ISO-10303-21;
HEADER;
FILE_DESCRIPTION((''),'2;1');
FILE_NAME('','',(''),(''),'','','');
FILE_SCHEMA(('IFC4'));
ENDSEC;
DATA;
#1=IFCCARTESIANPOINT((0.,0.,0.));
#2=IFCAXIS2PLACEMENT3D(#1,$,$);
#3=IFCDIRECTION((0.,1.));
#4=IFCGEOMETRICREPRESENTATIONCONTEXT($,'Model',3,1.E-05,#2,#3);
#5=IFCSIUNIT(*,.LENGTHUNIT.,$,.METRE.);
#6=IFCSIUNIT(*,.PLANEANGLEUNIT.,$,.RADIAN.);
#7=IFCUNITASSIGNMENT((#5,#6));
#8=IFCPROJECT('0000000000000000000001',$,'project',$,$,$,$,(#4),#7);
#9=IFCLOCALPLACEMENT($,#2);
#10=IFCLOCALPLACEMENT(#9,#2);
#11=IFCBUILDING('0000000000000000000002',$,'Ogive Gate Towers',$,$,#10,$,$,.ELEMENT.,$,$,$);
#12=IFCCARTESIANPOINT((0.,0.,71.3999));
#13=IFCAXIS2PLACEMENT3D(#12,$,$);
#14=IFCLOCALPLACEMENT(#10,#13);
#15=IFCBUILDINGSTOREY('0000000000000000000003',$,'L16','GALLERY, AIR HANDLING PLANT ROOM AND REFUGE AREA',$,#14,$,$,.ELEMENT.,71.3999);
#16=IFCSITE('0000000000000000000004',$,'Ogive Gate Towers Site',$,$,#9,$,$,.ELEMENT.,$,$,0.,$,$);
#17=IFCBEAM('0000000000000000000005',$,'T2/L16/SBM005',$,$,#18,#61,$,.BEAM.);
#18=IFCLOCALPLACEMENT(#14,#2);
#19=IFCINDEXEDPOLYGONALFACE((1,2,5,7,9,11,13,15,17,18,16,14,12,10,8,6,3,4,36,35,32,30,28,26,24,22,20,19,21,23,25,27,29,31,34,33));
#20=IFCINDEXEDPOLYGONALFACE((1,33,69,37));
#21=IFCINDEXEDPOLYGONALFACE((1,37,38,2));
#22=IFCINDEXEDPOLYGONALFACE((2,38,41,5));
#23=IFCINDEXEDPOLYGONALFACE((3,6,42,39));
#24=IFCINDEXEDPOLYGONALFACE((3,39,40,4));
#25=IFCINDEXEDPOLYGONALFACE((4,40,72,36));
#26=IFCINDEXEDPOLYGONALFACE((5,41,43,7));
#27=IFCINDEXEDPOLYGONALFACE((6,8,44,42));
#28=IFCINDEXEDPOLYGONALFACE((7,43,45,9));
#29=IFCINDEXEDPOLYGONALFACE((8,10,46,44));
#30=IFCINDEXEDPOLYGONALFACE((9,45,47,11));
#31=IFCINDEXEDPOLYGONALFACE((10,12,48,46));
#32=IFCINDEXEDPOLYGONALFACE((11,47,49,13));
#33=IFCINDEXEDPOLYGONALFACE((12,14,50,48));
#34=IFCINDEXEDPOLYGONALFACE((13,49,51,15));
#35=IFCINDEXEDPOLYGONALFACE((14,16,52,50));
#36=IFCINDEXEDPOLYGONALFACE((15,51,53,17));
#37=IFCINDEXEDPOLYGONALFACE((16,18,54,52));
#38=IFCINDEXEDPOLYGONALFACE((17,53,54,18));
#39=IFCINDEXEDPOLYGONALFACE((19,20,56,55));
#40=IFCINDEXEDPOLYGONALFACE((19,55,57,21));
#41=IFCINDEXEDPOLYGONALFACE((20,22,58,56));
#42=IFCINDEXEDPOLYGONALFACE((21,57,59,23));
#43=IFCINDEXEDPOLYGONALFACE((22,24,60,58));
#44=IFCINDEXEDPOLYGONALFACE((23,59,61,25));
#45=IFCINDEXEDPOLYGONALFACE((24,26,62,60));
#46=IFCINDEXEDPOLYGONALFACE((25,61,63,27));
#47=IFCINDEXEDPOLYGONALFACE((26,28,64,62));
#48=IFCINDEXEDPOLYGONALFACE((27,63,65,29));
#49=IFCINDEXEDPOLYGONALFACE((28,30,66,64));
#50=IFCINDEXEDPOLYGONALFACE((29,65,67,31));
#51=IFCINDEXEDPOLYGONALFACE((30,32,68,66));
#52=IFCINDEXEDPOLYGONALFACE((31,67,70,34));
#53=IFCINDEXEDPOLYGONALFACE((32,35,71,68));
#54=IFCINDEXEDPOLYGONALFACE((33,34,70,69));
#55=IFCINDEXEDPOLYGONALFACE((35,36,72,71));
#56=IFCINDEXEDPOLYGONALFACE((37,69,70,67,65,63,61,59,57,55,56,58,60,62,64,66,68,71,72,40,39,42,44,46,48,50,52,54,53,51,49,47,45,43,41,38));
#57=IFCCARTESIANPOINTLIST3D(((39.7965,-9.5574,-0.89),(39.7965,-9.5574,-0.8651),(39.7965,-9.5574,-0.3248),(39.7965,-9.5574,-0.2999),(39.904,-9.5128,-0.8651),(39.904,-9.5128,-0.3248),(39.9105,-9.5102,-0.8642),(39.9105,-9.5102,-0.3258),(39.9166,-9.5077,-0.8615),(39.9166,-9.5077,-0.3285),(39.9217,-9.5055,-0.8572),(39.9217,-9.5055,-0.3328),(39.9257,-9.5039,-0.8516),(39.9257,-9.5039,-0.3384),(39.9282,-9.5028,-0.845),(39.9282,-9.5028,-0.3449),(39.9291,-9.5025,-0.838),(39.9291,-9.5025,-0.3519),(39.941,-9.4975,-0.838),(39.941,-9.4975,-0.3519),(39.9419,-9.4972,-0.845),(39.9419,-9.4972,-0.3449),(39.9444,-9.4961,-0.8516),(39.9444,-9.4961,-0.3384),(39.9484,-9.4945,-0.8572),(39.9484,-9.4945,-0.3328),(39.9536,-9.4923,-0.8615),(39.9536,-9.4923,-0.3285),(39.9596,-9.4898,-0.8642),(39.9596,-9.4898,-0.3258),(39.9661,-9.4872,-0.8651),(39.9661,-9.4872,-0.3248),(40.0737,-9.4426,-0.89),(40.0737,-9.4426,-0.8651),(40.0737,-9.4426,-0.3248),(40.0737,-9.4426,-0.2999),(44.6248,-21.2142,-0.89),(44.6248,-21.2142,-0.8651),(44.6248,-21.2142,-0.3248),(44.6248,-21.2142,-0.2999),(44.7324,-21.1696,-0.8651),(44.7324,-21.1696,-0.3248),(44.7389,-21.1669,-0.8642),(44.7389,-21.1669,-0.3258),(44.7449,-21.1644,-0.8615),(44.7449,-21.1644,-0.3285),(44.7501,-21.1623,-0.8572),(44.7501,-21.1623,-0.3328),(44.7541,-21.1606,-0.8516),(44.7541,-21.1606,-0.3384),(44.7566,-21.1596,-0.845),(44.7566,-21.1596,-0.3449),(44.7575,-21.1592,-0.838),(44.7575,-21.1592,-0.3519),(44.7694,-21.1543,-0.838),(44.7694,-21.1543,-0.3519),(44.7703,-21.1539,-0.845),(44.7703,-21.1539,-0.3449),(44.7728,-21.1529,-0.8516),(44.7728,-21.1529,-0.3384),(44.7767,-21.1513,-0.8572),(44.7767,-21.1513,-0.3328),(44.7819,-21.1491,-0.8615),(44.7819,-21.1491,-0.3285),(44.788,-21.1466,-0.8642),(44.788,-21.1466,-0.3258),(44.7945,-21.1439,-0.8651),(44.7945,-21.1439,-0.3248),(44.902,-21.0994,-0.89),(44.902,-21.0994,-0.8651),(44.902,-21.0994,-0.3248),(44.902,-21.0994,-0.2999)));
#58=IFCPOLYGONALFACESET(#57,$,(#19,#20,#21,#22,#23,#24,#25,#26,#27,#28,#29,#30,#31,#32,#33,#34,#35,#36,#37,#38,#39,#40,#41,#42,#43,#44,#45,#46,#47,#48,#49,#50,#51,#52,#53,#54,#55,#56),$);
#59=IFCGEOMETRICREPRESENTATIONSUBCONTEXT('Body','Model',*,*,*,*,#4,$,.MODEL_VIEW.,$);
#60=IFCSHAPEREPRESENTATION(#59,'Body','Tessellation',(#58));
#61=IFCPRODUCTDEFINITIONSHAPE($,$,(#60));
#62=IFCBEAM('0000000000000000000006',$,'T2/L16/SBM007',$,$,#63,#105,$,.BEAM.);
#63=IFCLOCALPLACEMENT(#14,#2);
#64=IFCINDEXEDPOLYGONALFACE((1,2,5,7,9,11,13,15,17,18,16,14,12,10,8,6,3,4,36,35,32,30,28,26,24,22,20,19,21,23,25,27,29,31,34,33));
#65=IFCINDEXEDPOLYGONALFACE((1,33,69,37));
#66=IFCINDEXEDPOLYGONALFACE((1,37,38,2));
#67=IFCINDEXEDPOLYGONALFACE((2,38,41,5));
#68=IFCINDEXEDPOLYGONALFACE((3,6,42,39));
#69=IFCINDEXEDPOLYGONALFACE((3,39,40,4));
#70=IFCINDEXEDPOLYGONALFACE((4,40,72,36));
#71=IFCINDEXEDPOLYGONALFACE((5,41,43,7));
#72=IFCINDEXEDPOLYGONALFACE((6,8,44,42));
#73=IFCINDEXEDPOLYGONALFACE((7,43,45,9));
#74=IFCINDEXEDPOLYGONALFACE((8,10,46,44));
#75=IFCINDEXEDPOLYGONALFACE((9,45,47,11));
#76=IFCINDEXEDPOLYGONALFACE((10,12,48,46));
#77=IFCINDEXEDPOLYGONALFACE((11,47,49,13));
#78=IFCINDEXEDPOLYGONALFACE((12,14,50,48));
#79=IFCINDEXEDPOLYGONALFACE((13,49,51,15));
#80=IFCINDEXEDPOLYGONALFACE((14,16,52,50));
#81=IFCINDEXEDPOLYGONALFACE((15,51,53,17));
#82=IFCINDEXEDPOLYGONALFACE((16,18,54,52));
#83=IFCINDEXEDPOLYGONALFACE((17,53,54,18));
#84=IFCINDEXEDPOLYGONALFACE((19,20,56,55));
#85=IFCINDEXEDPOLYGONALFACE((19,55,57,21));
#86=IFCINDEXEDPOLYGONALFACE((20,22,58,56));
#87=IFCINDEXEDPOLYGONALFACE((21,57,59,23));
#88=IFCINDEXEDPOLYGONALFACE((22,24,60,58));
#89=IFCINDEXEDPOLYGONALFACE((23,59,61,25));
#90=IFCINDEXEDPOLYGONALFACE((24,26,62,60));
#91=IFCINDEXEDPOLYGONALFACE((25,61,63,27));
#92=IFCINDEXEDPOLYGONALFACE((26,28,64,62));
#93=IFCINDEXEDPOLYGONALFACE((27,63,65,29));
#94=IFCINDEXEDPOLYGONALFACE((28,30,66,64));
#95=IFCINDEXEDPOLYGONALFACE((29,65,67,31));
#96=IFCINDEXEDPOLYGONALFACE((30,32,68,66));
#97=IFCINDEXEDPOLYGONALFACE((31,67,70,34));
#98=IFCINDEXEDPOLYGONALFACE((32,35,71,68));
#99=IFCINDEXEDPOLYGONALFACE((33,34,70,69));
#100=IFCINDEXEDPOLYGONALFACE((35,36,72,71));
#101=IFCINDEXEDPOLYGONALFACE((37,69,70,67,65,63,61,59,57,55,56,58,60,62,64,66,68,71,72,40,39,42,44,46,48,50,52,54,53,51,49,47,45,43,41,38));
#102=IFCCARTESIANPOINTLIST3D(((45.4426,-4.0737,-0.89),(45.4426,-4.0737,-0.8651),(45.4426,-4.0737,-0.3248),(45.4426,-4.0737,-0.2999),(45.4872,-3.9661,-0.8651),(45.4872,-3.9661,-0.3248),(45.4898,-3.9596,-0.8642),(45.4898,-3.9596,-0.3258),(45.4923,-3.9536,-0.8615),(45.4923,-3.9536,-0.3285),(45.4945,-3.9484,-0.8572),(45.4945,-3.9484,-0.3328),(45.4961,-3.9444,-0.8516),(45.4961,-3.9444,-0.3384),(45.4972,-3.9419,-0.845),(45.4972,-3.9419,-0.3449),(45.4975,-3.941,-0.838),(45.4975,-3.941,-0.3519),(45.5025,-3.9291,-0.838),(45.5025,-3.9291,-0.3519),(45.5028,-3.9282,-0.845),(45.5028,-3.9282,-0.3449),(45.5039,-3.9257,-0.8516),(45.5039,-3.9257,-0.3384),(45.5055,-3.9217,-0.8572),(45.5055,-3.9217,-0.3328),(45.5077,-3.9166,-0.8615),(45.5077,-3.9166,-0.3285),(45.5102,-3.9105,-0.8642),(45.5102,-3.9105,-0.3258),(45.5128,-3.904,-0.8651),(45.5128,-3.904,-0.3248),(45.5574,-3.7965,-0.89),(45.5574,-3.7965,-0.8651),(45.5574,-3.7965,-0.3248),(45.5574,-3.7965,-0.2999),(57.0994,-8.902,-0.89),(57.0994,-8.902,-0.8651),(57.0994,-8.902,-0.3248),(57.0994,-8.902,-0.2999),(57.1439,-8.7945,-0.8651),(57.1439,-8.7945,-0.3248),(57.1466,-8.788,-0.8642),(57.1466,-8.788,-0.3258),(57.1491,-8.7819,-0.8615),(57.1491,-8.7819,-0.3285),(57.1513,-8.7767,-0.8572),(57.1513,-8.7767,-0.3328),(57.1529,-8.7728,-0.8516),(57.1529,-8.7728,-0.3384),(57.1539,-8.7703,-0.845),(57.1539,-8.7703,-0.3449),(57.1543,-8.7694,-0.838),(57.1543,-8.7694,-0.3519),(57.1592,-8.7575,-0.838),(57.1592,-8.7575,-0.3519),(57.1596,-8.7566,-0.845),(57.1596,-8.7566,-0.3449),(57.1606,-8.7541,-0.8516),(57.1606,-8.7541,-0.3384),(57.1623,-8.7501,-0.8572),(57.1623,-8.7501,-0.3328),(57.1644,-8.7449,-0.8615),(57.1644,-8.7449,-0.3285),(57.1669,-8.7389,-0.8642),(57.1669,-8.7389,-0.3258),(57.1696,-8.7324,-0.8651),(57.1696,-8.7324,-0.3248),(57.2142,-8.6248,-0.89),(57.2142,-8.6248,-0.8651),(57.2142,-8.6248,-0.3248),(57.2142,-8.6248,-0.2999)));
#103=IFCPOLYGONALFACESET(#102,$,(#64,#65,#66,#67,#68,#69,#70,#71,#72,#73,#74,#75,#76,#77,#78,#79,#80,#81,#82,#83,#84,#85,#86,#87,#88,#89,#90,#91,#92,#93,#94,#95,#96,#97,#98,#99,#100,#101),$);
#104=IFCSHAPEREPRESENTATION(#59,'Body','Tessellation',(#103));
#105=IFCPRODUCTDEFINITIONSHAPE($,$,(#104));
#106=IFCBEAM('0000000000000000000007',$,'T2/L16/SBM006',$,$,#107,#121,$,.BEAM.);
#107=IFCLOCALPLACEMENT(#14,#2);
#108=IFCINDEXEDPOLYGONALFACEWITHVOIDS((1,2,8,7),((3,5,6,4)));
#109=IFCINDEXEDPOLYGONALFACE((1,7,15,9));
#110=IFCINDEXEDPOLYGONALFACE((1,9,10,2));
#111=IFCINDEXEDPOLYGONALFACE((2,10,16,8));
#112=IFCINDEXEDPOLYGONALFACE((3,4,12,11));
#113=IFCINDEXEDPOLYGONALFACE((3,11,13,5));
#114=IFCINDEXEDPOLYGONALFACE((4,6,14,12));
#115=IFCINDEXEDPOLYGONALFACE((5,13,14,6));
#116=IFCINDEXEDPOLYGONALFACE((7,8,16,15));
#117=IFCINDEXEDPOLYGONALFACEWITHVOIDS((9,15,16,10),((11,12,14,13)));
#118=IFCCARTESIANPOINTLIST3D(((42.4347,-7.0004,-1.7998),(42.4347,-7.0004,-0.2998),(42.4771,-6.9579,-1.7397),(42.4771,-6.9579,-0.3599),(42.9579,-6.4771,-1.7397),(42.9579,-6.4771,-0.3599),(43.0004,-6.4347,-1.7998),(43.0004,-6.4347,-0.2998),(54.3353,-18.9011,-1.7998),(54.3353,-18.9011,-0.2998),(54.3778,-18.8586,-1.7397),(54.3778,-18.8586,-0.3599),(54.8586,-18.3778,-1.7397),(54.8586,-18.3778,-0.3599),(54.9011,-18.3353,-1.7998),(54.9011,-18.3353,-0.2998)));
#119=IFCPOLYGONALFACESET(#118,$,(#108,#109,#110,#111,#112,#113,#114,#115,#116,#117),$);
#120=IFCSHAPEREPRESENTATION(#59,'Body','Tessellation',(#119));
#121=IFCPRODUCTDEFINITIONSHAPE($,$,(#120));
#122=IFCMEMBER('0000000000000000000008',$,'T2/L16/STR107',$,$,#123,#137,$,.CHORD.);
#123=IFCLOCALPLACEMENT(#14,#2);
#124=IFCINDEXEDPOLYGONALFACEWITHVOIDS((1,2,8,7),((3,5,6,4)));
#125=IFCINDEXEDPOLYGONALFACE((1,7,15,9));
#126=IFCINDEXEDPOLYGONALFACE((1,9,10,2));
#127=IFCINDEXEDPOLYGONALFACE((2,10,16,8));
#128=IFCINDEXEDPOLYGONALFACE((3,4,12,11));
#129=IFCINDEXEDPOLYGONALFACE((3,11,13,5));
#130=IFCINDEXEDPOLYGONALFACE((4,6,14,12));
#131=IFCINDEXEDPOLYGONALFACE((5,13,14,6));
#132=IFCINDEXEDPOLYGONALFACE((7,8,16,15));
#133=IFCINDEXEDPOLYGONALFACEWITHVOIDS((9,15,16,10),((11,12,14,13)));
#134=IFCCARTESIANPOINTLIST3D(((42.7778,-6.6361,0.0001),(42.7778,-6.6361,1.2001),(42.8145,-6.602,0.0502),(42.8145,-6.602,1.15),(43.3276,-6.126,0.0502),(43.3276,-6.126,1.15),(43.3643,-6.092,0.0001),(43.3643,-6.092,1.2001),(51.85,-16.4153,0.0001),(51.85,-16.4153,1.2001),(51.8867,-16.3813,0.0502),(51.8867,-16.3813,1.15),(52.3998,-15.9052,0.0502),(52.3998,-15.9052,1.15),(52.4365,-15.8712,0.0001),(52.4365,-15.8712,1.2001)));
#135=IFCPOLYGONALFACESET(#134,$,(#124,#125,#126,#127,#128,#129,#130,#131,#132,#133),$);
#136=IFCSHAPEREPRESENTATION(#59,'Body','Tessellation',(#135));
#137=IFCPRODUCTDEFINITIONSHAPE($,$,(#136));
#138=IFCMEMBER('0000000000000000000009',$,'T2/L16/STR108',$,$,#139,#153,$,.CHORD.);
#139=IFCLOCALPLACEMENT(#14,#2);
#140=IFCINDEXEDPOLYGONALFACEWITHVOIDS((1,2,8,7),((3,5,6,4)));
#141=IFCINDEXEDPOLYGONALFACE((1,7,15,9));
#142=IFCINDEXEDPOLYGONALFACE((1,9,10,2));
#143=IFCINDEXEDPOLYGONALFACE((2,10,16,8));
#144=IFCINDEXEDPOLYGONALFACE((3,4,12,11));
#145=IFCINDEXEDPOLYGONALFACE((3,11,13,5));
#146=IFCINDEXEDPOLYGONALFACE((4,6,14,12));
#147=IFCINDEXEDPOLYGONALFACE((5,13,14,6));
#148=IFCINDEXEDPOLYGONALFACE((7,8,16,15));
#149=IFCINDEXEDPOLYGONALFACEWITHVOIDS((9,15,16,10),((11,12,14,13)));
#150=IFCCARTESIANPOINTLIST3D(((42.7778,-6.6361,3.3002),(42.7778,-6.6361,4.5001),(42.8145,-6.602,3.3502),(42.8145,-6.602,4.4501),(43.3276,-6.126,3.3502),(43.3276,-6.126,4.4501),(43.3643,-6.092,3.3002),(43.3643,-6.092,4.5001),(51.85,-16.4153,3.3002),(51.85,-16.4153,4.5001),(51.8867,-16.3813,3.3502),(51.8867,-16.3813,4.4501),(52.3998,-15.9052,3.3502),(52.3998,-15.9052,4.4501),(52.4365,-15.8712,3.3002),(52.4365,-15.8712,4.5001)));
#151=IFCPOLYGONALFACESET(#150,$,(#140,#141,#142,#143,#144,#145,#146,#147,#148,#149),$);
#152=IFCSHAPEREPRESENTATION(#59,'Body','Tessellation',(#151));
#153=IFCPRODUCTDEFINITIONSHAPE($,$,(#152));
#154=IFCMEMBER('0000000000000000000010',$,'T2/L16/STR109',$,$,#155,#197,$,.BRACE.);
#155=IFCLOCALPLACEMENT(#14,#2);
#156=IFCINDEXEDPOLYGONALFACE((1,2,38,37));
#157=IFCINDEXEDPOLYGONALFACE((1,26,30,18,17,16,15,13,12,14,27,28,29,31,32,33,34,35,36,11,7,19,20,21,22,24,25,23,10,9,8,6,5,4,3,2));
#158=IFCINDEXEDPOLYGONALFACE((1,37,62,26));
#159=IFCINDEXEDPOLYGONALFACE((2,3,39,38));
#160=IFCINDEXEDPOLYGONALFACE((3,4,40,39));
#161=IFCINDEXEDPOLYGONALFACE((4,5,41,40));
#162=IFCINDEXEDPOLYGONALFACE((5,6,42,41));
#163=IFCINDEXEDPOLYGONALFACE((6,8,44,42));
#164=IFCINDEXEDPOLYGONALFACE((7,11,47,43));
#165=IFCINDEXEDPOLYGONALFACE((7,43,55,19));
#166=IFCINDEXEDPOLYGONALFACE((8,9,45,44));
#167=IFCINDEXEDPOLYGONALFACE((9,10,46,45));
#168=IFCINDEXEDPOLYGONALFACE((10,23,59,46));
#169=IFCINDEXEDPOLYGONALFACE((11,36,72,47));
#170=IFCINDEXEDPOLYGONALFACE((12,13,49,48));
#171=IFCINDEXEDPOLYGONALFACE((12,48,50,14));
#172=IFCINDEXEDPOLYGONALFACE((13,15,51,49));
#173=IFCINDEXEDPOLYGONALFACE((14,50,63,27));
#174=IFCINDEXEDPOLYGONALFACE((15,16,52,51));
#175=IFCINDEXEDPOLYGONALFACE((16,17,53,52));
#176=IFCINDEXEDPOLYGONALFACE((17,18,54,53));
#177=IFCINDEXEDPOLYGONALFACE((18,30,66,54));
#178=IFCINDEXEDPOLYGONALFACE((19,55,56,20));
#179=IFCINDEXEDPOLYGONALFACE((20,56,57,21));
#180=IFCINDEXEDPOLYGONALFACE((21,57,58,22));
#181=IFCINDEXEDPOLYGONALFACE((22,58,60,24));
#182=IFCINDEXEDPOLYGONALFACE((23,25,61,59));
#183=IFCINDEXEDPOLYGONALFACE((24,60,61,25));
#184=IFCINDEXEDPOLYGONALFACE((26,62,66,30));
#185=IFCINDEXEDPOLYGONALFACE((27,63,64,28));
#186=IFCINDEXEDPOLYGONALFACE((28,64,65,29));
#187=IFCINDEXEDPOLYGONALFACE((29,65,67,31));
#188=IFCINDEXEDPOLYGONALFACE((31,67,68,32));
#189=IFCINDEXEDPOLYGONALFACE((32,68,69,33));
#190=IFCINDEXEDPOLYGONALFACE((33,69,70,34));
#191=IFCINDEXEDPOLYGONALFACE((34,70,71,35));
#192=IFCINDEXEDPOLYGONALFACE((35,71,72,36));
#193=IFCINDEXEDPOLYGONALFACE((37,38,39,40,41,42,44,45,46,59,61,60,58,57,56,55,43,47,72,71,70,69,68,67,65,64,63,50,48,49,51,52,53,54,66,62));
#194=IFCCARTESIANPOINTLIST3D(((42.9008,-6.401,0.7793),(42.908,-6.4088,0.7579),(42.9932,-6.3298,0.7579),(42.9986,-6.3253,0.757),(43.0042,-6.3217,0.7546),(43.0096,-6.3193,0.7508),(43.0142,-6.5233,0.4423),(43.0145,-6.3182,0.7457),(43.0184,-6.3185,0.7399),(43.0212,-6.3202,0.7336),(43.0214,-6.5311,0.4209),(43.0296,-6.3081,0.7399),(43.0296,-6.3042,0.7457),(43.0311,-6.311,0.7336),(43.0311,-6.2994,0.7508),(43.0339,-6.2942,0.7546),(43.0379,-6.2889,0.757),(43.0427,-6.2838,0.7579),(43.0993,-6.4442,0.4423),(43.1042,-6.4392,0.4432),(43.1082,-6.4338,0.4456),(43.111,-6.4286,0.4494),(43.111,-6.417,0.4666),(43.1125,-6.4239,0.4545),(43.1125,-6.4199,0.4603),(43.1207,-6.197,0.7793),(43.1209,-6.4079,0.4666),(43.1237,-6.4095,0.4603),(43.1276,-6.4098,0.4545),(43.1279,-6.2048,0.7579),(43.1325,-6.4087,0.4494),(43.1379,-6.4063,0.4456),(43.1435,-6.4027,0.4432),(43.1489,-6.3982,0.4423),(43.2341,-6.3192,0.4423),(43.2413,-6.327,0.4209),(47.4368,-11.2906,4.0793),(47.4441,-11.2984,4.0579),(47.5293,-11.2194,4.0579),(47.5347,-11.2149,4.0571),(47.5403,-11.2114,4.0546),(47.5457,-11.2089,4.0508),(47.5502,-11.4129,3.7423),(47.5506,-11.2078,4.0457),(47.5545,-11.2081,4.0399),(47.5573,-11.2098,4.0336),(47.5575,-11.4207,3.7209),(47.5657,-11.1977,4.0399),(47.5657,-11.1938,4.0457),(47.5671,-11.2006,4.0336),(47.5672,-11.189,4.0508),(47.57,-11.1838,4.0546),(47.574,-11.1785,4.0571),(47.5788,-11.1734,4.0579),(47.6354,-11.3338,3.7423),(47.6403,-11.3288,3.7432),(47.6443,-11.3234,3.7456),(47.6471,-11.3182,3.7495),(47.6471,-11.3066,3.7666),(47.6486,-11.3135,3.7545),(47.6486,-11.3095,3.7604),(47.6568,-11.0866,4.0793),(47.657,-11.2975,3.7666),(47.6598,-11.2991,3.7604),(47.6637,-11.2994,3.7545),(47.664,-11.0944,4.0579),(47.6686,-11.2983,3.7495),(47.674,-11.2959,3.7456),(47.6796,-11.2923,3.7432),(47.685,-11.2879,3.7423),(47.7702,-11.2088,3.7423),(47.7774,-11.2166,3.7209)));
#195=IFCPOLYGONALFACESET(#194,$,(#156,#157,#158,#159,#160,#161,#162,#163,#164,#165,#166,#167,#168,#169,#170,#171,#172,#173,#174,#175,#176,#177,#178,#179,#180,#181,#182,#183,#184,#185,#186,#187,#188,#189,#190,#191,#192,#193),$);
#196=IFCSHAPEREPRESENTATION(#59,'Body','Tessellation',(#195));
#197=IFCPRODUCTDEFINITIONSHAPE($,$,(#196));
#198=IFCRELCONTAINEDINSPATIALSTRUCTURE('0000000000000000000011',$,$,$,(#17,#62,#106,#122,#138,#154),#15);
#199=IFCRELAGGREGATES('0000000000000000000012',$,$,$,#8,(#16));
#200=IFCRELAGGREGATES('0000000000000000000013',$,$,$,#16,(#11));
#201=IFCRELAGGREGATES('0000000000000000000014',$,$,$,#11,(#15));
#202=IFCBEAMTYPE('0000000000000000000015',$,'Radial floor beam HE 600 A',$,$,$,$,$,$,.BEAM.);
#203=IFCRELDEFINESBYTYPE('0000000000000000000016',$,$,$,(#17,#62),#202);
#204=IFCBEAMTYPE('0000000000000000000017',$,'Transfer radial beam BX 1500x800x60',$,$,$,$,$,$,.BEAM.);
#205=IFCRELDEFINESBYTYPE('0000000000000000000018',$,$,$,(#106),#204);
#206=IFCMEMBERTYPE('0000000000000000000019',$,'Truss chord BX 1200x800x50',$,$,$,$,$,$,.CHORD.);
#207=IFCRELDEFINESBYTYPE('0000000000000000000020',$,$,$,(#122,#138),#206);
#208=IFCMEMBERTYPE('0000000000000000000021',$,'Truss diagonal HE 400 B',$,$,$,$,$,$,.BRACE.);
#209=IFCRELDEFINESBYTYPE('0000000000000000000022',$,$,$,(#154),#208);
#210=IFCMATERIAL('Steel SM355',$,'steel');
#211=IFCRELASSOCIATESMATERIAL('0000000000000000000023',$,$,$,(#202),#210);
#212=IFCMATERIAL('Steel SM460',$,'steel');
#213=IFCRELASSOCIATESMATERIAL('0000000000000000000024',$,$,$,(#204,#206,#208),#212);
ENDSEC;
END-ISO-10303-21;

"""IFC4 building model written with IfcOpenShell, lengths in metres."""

from ifc_helpers import new_model, si_unit, direction, frame, origin, origin_2d, place, context, subcontext, project, spatial, hollow_rectangle, i_section, extrude, material, material_profile, profile_set, type_object, element, save


model = new_model("IFC4")

# Units and contexts
model_context = context("Model", 3, precision=1e-05, world=origin(), true_north=direction((0.0, 1.0)))
body_context = subcontext(model_context, "Body", "Model", "MODEL_VIEW")
ifc_project = project(units=[si_unit("LENGTHUNIT", "METRE"), si_unit("PLANEANGLEUNIT", "RADIAN")], contexts=[model_context])

# Site, building, storey
site_placement = place(None, origin())
site = spatial("IfcSite", under=ifc_project, at=site_placement, Name="Ogive Gate Towers Site", CompositionType="ELEMENT", RefElevation=0.0)
building_placement = place(site_placement, origin())
building = spatial("IfcBuilding", under=site, at=building_placement, Name="Ogive Gate Towers", CompositionType="ELEMENT")
storey_placement = place(building_placement, frame((0.0, 0.0, 71.3999)))
storey = spatial("IfcBuildingStorey", under=building, at=storey_placement, Name="L16", Description="GALLERY, AIR HANDLING PLANT ROOM AND REFUGE AREA", CompositionType="ELEMENT", Elevation=71.3999)

# Beams
ifc_material_1 = material(Name="Steel SM355", Category="steel")
ifc_material_profile_1 = material_profile(ifc_material_1, i_section(OverallWidth=0.3, OverallDepth=0.5901, WebThickness=0.0129, FlangeThickness=0.0249, FilletRadius=0.0271, at=origin_2d()), Name="HE 600 A")
ifc_profile_set_1 = profile_set([ifc_material_profile_1], Name="Steel SM355")
beam_type_1 = type_object("IfcBeamType", Name="Radial floor beam HE 600 A", PredefinedType="BEAM", material=ifc_profile_set_1)
for number, where, z_axis, x_axis, name in (
    (1, (39.9351, -9.5, -0.595), (0.382683, -0.92388, 0.0), (0.92388, 0.382683, 0.0), "T2/L16/SBM005"),
    (2, (45.5, -3.9351, -0.595), (0.92388, -0.382683, 0.0), (0.382683, 0.92388, 0.0), "T2/L16/SBM007"),
):
    element("IfcBeam", number, at=place(storey_placement, frame(where, z_axis=z_axis, x_axis=x_axis)), inside=storey, type_object=beam_type_1, Name=name, PredefinedType="BEAM", context=body_context, shape_type="SweptSolid", body=[
        extrude(i_section(OverallWidth=0.3, OverallDepth=0.5901, WebThickness=0.0129, FlangeThickness=0.0249, FilletRadius=0.0271, at=origin_2d()), origin(), (0.0, 0.0, 1.0), 12.6172),
    ])
ifc_material_2 = material(Name="Steel SM460", Category="steel")
ifc_material_profile_2 = material_profile(ifc_material_2, hollow_rectangle(XDim=0.8, YDim=1.5, WallThickness=0.0601, at=origin_2d()), Name="BX 1500x800x60")
ifc_profile_set_2 = profile_set([ifc_material_profile_2], Name="Steel SM460")
beam_type_2 = type_object("IfcBeamType", Name="Transfer radial beam BX 1500x800x60", PredefinedType="BEAM", material=ifc_profile_set_2)
beam_placement = place(storey_placement, frame((42.7175, -6.7175, -1.0498), z_axis=(0.707107, -0.707107, 0.0), x_axis=(0.707107, 0.707107, 0.0)))
element("IfcBeam", 3, at=beam_placement, inside=storey, type_object=beam_type_2, Name="T2/L16/SBM006", PredefinedType="BEAM", context=body_context, shape_type="SweptSolid", body=[
    extrude(hollow_rectangle(XDim=0.8, YDim=1.5, WallThickness=0.0601, at=origin_2d()), origin(), (0.0, 0.0, 1.0), 16.8301),
])

# Members
ifc_material_profile_3 = material_profile(ifc_material_2, hollow_rectangle(XDim=0.8, YDim=1.2, WallThickness=0.05, at=origin_2d()), Name="BX 1200x800x50")
ifc_profile_set_3 = profile_set([ifc_material_profile_3], Name="Steel SM460")
member_type_1 = type_object("IfcMemberType", Name="Truss chord BX 1200x800x50", PredefinedType="CHORD", material=ifc_profile_set_3)
for number, where, z_axis, x_axis, name in (
    (4, (43.071, -6.364, 0.6001), (0.680108, -0.733112, 0.0), (0.733112, 0.680108, 0.0), "T2/L16/STR107"),
    (5, (43.071, -6.364, 3.9001), (0.680108, -0.733112, 0.0), (0.733112, 0.680108, 0.0), "T2/L16/STR108"),
):
    element("IfcMember", number, at=place(storey_placement, frame(where, z_axis=z_axis, x_axis=x_axis)), inside=storey, type_object=member_type_1, Name=name, PredefinedType="CHORD", context=body_context, shape_type="SweptSolid", body=[
        extrude(hollow_rectangle(XDim=0.8, YDim=1.2, WallThickness=0.05, at=origin_2d()), origin(), (0.0, 0.0, 1.0), 13.3394),
    ])
ifc_material_profile_4 = material_profile(ifc_material_2, i_section(OverallWidth=0.3, OverallDepth=0.3999, WebThickness=0.0134, FlangeThickness=0.0239, FilletRadius=0.0271, at=origin_2d()), Name="HE 400 B")
ifc_profile_set_4 = profile_set([ifc_material_profile_4], Name="Steel SM460")
member_type_2 = type_object("IfcMemberType", Name="Truss diagonal HE 400 B", PredefinedType="BRACE", material=ifc_profile_set_4)
member_1_placement = place(storey_placement, frame((43.071, -6.364, 0.6001), z_axis=(0.609575, -0.657081, 0.443467), x_axis=(0.733112, 0.680108, 0.0)))
element("IfcMember", 6, at=member_1_placement, inside=storey, type_object=member_type_2, Name="T2/L16/STR109", PredefinedType="BRACE", context=body_context, shape_type="SweptSolid", body=[
    extrude(i_section(OverallWidth=0.3, OverallDepth=0.3999, WebThickness=0.0134, FlangeThickness=0.0239, FilletRadius=0.0271, at=origin_2d()), origin(), (0.0, 0.0, 1.0), 7.4414),
])

save(model, "model.ifc")
